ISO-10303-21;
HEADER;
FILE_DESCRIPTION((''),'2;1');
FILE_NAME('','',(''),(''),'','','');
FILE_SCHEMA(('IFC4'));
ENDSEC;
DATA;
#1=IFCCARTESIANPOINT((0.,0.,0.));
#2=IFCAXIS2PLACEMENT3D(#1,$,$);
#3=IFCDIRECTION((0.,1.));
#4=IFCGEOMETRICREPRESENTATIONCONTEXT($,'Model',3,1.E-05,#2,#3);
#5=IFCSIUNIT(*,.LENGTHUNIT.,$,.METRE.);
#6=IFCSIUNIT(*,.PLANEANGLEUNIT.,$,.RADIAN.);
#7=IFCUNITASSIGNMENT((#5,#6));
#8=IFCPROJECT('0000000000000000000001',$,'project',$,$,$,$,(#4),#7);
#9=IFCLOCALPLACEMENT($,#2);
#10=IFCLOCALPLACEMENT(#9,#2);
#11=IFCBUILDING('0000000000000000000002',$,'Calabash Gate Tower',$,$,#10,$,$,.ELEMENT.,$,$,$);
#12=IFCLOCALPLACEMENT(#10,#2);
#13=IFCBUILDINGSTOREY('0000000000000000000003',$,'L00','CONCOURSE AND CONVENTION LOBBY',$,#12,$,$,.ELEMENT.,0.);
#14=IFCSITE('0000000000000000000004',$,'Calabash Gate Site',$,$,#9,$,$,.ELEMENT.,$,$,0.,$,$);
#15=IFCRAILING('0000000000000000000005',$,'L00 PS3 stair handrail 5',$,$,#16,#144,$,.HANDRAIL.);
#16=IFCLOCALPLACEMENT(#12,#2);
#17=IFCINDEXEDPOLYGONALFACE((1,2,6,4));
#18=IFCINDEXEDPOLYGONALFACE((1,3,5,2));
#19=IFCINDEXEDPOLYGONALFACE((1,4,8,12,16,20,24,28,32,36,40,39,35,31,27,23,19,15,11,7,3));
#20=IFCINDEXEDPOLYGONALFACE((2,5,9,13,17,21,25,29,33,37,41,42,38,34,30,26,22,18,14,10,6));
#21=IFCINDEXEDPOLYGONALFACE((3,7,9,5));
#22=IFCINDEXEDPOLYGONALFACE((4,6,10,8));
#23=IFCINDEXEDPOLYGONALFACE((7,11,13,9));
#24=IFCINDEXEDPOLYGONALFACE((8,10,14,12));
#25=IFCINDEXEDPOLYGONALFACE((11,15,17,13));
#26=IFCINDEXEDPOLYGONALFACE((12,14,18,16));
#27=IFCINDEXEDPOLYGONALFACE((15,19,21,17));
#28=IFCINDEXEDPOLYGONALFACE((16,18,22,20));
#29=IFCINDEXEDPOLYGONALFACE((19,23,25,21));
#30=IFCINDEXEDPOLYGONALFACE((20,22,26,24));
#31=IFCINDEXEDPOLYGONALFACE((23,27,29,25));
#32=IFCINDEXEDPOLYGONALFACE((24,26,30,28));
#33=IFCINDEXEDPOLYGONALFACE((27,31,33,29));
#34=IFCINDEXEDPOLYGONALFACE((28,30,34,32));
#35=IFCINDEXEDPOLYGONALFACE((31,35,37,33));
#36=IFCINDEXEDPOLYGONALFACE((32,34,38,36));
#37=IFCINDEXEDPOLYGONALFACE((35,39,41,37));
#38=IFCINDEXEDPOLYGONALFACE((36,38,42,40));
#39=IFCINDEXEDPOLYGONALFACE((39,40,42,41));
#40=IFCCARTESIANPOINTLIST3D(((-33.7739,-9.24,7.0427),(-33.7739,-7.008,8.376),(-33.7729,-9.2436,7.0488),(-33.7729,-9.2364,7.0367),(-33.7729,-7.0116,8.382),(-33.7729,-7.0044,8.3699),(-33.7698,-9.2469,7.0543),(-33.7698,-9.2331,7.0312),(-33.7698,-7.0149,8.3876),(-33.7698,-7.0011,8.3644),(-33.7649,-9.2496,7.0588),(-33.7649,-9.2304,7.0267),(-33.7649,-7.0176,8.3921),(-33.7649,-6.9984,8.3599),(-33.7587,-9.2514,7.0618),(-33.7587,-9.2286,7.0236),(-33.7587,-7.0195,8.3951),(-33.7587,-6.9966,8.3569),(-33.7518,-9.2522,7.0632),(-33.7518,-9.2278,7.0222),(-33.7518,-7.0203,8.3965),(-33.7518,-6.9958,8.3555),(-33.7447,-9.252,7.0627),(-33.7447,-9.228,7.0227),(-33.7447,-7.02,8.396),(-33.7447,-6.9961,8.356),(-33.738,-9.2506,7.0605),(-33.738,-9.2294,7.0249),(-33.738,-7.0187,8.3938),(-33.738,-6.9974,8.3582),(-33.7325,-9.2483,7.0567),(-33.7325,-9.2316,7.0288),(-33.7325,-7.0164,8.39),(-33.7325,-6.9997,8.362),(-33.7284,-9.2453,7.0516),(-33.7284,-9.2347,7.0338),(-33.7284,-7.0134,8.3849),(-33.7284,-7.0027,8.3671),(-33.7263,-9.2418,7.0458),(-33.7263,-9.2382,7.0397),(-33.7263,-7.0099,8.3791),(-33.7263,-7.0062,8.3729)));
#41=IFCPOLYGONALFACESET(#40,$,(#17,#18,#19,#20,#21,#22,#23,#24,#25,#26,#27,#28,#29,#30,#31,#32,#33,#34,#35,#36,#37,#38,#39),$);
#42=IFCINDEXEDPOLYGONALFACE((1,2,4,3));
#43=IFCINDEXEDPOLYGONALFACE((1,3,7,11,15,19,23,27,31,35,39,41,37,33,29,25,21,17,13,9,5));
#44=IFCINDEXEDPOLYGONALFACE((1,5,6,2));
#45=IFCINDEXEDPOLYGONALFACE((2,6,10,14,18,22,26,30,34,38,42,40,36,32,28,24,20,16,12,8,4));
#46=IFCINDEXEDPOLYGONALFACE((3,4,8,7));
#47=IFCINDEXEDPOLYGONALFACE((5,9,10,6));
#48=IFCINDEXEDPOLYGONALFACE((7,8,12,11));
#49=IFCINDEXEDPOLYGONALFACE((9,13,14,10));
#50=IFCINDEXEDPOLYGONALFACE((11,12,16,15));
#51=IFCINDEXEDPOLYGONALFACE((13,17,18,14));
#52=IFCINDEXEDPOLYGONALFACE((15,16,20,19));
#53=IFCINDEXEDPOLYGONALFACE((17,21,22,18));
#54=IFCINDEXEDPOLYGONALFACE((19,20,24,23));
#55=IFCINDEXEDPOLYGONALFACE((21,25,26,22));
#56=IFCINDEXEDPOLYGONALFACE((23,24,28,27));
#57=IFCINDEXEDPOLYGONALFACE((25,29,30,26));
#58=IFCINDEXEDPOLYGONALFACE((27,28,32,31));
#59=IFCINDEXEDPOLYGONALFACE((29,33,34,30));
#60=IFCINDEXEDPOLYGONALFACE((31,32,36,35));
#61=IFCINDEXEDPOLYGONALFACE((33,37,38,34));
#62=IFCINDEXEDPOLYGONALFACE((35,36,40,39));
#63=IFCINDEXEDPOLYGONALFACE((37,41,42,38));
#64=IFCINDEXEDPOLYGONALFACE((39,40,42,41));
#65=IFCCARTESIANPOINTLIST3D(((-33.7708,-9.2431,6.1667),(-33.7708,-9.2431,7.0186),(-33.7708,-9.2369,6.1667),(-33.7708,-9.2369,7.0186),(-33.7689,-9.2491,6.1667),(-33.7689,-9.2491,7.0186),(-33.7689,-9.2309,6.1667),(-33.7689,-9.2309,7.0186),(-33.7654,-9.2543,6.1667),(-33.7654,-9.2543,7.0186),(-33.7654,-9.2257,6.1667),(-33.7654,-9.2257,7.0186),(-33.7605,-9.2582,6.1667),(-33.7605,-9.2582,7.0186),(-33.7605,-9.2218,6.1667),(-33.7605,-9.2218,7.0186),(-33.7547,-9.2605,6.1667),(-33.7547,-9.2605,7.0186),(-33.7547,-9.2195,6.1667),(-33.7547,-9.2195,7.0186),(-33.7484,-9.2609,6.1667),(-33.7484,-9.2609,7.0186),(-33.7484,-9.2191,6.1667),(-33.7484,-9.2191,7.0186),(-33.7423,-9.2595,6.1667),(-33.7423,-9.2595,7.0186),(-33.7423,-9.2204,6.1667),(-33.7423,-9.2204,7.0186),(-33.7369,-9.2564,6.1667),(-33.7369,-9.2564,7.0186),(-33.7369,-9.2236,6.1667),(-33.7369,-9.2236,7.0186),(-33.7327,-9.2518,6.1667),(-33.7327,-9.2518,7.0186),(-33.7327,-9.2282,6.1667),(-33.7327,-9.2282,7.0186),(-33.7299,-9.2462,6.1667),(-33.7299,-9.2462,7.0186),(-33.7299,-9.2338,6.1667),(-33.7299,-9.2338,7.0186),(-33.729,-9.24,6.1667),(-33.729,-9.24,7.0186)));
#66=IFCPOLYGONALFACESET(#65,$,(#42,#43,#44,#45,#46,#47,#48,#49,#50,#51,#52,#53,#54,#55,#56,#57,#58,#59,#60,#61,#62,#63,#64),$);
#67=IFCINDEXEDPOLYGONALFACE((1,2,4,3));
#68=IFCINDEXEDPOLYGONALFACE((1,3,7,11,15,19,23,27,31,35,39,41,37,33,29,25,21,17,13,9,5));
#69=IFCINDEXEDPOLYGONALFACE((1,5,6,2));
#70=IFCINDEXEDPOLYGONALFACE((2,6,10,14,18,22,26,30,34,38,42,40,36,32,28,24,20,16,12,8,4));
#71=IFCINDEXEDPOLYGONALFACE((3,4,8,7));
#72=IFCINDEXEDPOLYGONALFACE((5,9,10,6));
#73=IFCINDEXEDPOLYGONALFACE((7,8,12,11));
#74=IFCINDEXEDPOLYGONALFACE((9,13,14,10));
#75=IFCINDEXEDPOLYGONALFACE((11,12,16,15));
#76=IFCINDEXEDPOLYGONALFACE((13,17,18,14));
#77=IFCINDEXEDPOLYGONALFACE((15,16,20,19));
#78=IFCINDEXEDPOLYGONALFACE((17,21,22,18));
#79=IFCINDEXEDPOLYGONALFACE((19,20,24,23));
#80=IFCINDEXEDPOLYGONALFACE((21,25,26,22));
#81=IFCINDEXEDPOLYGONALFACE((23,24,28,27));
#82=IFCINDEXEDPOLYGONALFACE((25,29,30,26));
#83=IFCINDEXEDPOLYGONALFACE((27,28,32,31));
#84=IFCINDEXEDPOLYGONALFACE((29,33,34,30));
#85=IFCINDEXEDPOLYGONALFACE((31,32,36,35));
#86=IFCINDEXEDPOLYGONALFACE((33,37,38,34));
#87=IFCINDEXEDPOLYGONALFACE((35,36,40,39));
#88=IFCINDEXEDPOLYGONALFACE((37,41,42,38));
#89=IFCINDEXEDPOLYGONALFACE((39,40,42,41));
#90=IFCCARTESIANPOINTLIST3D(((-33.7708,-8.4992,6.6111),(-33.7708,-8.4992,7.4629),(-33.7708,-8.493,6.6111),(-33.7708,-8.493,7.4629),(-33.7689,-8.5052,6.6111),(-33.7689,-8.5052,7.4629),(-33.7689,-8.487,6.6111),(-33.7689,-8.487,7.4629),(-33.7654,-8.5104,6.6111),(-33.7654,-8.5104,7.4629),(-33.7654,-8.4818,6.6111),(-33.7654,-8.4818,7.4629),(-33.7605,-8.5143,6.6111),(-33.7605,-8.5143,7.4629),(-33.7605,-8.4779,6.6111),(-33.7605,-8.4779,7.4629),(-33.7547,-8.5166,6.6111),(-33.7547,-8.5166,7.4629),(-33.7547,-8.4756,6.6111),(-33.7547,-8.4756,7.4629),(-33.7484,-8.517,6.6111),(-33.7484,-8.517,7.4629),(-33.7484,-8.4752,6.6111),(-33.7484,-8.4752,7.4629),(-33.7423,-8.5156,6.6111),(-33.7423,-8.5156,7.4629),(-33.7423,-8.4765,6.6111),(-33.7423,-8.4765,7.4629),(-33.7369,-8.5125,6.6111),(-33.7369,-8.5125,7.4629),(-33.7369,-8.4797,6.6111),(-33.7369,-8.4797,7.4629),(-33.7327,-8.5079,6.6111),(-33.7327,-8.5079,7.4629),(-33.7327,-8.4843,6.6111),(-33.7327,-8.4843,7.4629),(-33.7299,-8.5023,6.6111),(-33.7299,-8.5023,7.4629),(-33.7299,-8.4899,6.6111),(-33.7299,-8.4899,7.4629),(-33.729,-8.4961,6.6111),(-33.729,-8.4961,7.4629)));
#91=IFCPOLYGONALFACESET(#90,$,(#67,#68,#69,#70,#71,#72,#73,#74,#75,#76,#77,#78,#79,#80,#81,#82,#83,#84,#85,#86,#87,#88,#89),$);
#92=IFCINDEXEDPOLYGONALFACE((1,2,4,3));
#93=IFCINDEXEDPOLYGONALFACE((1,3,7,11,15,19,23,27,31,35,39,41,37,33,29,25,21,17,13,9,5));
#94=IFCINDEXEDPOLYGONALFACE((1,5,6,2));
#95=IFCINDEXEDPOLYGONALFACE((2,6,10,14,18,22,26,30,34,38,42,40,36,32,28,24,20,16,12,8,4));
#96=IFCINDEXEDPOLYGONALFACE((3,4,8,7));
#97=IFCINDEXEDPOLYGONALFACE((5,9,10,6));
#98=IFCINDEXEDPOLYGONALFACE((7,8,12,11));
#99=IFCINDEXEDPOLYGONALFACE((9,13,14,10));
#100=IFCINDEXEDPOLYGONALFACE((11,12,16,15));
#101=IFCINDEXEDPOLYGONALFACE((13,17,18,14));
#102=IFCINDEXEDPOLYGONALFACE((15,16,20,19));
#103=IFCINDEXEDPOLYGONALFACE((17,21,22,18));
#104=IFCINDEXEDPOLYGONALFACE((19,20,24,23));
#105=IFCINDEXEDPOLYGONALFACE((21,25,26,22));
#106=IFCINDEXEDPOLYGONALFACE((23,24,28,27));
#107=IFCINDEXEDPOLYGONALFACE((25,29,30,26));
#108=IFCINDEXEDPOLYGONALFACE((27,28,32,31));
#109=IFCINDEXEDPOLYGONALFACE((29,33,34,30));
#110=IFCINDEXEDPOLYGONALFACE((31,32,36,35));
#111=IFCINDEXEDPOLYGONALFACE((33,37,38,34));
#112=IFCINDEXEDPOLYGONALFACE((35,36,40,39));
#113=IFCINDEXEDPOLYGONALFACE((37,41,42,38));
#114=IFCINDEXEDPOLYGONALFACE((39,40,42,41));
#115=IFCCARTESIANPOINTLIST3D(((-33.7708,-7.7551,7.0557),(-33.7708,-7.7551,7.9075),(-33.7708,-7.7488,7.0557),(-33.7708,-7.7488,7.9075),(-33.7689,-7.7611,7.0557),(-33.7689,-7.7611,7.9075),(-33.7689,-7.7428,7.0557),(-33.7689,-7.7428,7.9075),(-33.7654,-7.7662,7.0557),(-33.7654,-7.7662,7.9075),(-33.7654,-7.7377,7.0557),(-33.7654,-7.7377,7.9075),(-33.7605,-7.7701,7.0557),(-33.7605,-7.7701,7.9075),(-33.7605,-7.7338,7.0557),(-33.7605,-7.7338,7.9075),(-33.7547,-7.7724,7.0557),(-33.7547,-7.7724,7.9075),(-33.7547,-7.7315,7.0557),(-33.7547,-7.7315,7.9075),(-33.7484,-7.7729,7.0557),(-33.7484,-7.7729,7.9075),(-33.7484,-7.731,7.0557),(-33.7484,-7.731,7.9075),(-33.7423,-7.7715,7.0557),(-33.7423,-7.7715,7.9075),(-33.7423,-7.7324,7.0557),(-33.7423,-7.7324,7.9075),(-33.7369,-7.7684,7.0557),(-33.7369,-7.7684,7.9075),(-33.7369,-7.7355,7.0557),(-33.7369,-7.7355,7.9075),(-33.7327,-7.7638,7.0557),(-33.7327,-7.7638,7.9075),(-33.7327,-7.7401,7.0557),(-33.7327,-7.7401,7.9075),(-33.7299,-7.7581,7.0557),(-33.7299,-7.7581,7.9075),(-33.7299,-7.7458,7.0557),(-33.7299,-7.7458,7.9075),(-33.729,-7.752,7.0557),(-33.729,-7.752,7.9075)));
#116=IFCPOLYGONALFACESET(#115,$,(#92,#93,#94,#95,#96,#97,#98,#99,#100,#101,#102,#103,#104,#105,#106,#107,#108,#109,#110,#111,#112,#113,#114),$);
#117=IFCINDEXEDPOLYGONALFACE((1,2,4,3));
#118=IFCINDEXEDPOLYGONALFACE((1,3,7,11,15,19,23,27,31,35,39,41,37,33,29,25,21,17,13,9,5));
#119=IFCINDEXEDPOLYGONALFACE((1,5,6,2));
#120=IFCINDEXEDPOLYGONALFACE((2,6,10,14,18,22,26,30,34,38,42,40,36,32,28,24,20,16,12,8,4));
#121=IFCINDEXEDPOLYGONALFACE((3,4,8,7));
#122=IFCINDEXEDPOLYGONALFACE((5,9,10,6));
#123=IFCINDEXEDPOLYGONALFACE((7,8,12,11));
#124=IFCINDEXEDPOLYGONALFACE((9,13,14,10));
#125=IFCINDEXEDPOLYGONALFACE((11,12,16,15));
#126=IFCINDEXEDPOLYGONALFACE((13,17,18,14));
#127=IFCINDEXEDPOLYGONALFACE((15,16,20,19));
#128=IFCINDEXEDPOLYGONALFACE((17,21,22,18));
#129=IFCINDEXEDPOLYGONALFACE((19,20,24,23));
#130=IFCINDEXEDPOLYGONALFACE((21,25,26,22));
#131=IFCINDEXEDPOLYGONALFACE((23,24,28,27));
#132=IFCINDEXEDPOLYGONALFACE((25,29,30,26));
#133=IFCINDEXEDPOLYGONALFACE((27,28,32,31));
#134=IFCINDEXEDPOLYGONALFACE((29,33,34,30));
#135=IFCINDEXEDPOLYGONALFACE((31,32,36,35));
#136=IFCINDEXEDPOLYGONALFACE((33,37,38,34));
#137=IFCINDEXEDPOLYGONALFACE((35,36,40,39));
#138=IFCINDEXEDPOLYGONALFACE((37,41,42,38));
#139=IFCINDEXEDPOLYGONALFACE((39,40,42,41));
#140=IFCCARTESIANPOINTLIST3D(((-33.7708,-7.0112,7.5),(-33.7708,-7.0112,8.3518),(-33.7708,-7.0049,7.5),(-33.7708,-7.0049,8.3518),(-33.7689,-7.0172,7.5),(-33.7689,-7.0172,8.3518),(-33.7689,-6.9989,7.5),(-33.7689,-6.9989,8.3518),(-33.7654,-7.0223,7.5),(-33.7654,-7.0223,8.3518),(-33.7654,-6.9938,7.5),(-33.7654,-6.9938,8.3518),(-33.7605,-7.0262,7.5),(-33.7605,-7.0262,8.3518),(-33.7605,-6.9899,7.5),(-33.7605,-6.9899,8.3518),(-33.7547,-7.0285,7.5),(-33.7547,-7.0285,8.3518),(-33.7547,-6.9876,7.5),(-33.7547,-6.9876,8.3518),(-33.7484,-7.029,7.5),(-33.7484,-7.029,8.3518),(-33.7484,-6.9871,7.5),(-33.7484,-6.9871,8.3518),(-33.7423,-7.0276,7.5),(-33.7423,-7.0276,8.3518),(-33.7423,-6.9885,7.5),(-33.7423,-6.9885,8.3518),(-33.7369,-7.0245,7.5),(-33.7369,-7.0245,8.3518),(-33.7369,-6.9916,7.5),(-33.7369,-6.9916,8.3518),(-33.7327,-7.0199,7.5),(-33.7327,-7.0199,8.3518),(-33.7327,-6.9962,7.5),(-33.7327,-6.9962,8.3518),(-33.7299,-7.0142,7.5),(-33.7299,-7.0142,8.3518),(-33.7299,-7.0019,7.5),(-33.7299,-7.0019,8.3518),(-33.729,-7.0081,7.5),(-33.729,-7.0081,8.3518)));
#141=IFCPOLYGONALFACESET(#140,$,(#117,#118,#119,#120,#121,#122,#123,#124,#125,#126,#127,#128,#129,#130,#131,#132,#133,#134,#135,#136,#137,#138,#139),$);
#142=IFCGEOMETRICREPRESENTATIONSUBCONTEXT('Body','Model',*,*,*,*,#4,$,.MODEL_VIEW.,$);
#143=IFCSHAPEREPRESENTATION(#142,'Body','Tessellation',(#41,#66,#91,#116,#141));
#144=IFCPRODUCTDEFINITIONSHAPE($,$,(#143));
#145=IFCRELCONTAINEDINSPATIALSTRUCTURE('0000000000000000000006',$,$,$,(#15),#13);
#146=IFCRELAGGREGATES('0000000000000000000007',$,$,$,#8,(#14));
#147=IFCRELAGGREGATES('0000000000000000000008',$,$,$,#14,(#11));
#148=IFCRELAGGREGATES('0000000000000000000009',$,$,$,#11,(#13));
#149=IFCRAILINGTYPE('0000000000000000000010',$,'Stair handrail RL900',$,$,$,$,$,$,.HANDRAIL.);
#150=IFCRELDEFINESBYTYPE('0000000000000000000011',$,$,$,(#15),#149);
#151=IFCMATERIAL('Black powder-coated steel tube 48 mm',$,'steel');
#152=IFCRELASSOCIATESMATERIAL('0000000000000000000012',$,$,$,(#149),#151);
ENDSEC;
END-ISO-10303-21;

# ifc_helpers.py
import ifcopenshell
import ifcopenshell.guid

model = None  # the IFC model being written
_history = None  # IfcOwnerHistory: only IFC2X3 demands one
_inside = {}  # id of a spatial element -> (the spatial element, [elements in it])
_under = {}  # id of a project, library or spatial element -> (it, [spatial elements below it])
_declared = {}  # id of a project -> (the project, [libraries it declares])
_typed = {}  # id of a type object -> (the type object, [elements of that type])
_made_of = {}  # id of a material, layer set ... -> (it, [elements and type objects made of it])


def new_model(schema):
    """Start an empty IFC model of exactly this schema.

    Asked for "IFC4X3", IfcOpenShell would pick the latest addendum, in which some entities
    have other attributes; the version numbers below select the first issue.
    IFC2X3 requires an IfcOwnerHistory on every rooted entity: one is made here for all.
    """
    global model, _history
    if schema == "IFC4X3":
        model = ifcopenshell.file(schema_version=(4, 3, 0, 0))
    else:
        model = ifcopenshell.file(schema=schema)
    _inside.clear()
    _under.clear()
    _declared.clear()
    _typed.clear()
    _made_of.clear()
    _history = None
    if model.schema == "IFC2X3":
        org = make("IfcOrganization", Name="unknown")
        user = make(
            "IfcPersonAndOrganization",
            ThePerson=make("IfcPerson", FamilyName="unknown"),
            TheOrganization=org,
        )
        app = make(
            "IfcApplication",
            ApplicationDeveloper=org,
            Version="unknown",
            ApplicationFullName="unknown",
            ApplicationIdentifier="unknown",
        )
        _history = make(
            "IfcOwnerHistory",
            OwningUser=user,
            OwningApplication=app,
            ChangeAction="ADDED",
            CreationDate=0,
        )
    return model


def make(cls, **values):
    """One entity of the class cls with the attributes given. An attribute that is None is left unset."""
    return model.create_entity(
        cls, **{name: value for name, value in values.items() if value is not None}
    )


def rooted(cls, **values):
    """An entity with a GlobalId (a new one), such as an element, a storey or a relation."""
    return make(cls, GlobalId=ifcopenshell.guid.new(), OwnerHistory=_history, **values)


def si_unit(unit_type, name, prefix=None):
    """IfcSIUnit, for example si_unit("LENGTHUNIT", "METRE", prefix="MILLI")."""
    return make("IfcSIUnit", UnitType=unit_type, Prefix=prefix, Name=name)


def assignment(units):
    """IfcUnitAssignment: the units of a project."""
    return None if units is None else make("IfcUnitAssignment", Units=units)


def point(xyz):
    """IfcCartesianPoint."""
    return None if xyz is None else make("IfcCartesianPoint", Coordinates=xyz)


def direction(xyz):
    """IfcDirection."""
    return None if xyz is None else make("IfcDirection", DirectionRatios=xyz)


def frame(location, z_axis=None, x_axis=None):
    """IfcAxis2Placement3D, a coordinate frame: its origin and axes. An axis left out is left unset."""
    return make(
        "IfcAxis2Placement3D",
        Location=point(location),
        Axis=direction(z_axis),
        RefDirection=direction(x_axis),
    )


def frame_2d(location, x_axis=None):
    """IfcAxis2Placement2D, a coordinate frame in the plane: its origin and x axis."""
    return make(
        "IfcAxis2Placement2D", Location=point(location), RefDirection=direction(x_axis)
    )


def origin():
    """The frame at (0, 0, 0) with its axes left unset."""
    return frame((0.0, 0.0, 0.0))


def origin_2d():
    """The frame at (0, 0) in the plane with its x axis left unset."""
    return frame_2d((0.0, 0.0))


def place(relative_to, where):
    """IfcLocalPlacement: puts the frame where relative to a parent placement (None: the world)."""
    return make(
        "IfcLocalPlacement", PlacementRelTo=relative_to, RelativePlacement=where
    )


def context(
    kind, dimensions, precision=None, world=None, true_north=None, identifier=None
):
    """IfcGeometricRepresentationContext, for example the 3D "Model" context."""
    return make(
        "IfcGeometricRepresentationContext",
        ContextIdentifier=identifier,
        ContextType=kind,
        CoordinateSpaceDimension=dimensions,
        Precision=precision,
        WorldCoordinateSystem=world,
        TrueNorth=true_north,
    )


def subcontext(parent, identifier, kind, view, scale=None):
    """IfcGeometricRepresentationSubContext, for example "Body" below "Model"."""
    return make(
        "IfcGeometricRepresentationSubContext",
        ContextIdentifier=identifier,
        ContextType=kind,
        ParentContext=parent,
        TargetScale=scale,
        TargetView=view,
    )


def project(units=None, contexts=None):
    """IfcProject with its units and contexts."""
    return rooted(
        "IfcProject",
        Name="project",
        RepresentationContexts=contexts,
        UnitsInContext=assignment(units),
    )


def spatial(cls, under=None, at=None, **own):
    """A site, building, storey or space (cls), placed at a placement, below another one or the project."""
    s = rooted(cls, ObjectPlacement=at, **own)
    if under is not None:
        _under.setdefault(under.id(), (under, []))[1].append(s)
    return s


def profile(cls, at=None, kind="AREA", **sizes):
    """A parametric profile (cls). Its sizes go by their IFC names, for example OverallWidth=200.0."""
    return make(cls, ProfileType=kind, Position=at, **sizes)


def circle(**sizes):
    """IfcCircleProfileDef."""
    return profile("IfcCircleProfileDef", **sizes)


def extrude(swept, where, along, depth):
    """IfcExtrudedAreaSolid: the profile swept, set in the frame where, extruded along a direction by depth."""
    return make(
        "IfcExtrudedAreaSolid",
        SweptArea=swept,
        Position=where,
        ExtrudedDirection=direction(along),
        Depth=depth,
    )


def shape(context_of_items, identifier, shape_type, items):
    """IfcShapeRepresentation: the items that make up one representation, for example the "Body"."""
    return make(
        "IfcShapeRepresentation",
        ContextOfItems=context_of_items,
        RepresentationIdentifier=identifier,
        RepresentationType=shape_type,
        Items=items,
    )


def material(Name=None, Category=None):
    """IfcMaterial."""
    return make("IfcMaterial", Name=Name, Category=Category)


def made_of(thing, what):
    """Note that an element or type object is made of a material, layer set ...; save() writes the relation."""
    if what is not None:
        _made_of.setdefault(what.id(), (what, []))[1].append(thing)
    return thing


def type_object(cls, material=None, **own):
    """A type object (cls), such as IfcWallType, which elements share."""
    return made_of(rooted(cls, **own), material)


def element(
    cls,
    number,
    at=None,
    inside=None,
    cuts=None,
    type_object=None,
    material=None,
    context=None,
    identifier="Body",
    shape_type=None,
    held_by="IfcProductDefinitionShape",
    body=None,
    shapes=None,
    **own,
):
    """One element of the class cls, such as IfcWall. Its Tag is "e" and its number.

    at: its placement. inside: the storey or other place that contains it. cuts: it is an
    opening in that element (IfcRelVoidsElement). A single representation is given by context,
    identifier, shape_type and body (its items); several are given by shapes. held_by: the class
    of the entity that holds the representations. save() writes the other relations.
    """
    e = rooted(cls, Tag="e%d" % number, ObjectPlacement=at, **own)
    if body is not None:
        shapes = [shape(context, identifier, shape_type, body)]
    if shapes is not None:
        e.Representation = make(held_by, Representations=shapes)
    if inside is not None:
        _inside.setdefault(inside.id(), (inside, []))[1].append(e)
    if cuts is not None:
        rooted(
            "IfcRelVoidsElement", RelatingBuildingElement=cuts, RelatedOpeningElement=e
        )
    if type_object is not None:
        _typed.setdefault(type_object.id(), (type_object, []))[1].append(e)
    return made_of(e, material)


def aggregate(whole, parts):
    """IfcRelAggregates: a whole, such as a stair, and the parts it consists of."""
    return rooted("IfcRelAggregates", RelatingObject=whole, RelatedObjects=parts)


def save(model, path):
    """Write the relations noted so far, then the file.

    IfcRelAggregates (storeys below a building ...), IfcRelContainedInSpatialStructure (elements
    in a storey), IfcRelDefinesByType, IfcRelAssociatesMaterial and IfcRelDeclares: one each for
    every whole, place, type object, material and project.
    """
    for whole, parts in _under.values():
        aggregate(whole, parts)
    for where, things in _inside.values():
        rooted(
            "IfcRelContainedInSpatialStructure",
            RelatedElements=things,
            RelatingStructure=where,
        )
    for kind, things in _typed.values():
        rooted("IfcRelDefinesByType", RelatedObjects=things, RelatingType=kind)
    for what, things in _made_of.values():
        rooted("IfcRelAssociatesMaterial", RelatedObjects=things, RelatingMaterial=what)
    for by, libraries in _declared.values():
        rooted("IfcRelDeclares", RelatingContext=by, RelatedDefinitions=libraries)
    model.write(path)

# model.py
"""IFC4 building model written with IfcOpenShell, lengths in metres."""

from ifc_helpers import new_model, si_unit, direction, frame, origin, origin_2d, place, context, subcontext, project, spatial, circle, extrude, material, type_object, element, save


model = new_model("IFC4")

# Units and contexts
model_context = context("Model", 3, precision=1e-05, world=origin(), true_north=direction((0.0, 1.0)))
body_context = subcontext(model_context, "Body", "Model", "MODEL_VIEW")
ifc_project = project(units=[si_unit("LENGTHUNIT", "METRE"), si_unit("PLANEANGLEUNIT", "RADIAN")], contexts=[model_context])

# Site, building, storey
site_placement = place(None, origin())
site = spatial("IfcSite", under=ifc_project, at=site_placement, Name="Calabash Gate Site", CompositionType="ELEMENT", RefElevation=0.0)
building_placement = place(site_placement, origin())
building = spatial("IfcBuilding", under=site, at=building_placement, Name="Calabash Gate Tower", CompositionType="ELEMENT")
storey_placement = place(building_placement, origin())
storey = spatial("IfcBuildingStorey", under=building, at=storey_placement, Name="L00", Description="CONCOURSE AND CONVENTION LOBBY", CompositionType="ELEMENT", Elevation=0.0)

# Railing
ifc_material_1 = material(Name="Black powder-coated steel tube 48 mm", Category="steel")
railing_type = type_object("IfcRailingType", Name="Stair handrail RL900", PredefinedType="HANDRAIL", material=ifc_material_1)
for number, where, name in (
    (1, (-33.75, -9.24, 6.1667), "L00 PS3 stair handrail 5"),
):
    element("IfcRailing", number, at=place(storey_placement, frame(where)), inside=storey, type_object=railing_type, Name=name, PredefinedType="HANDRAIL", context=body_context, shape_type="SweptSolid", body=[
        extrude(circle(Radius=0.0239, at=origin_2d()), frame((0.0, 0.0, 0.876), z_axis=(0.0, 0.858494, 0.512824), x_axis=(-1.0, 0.0, 0.0)), (0.0, 0.0, 1.0), 2.5999),
        extrude(circle(Radius=0.021, at=origin_2d()), origin(), (0.0, 0.0, 1.0), 0.8518),
        extrude(circle(Radius=0.021, at=origin_2d()), frame((0.0, 0.7439, 0.4443)), (0.0, 0.0, 1.0), 0.8518),
        extrude(circle(Radius=0.021, at=origin_2d()), frame((0.0, 1.488, 0.8889)), (0.0, 0.0, 1.0), 0.8518),
        extrude(circle(Radius=0.021, at=origin_2d()), frame((0.0, 2.2319, 1.3333)), (0.0, 0.0, 1.0), 0.8518),
    ])

save(model, "model.ifc")
